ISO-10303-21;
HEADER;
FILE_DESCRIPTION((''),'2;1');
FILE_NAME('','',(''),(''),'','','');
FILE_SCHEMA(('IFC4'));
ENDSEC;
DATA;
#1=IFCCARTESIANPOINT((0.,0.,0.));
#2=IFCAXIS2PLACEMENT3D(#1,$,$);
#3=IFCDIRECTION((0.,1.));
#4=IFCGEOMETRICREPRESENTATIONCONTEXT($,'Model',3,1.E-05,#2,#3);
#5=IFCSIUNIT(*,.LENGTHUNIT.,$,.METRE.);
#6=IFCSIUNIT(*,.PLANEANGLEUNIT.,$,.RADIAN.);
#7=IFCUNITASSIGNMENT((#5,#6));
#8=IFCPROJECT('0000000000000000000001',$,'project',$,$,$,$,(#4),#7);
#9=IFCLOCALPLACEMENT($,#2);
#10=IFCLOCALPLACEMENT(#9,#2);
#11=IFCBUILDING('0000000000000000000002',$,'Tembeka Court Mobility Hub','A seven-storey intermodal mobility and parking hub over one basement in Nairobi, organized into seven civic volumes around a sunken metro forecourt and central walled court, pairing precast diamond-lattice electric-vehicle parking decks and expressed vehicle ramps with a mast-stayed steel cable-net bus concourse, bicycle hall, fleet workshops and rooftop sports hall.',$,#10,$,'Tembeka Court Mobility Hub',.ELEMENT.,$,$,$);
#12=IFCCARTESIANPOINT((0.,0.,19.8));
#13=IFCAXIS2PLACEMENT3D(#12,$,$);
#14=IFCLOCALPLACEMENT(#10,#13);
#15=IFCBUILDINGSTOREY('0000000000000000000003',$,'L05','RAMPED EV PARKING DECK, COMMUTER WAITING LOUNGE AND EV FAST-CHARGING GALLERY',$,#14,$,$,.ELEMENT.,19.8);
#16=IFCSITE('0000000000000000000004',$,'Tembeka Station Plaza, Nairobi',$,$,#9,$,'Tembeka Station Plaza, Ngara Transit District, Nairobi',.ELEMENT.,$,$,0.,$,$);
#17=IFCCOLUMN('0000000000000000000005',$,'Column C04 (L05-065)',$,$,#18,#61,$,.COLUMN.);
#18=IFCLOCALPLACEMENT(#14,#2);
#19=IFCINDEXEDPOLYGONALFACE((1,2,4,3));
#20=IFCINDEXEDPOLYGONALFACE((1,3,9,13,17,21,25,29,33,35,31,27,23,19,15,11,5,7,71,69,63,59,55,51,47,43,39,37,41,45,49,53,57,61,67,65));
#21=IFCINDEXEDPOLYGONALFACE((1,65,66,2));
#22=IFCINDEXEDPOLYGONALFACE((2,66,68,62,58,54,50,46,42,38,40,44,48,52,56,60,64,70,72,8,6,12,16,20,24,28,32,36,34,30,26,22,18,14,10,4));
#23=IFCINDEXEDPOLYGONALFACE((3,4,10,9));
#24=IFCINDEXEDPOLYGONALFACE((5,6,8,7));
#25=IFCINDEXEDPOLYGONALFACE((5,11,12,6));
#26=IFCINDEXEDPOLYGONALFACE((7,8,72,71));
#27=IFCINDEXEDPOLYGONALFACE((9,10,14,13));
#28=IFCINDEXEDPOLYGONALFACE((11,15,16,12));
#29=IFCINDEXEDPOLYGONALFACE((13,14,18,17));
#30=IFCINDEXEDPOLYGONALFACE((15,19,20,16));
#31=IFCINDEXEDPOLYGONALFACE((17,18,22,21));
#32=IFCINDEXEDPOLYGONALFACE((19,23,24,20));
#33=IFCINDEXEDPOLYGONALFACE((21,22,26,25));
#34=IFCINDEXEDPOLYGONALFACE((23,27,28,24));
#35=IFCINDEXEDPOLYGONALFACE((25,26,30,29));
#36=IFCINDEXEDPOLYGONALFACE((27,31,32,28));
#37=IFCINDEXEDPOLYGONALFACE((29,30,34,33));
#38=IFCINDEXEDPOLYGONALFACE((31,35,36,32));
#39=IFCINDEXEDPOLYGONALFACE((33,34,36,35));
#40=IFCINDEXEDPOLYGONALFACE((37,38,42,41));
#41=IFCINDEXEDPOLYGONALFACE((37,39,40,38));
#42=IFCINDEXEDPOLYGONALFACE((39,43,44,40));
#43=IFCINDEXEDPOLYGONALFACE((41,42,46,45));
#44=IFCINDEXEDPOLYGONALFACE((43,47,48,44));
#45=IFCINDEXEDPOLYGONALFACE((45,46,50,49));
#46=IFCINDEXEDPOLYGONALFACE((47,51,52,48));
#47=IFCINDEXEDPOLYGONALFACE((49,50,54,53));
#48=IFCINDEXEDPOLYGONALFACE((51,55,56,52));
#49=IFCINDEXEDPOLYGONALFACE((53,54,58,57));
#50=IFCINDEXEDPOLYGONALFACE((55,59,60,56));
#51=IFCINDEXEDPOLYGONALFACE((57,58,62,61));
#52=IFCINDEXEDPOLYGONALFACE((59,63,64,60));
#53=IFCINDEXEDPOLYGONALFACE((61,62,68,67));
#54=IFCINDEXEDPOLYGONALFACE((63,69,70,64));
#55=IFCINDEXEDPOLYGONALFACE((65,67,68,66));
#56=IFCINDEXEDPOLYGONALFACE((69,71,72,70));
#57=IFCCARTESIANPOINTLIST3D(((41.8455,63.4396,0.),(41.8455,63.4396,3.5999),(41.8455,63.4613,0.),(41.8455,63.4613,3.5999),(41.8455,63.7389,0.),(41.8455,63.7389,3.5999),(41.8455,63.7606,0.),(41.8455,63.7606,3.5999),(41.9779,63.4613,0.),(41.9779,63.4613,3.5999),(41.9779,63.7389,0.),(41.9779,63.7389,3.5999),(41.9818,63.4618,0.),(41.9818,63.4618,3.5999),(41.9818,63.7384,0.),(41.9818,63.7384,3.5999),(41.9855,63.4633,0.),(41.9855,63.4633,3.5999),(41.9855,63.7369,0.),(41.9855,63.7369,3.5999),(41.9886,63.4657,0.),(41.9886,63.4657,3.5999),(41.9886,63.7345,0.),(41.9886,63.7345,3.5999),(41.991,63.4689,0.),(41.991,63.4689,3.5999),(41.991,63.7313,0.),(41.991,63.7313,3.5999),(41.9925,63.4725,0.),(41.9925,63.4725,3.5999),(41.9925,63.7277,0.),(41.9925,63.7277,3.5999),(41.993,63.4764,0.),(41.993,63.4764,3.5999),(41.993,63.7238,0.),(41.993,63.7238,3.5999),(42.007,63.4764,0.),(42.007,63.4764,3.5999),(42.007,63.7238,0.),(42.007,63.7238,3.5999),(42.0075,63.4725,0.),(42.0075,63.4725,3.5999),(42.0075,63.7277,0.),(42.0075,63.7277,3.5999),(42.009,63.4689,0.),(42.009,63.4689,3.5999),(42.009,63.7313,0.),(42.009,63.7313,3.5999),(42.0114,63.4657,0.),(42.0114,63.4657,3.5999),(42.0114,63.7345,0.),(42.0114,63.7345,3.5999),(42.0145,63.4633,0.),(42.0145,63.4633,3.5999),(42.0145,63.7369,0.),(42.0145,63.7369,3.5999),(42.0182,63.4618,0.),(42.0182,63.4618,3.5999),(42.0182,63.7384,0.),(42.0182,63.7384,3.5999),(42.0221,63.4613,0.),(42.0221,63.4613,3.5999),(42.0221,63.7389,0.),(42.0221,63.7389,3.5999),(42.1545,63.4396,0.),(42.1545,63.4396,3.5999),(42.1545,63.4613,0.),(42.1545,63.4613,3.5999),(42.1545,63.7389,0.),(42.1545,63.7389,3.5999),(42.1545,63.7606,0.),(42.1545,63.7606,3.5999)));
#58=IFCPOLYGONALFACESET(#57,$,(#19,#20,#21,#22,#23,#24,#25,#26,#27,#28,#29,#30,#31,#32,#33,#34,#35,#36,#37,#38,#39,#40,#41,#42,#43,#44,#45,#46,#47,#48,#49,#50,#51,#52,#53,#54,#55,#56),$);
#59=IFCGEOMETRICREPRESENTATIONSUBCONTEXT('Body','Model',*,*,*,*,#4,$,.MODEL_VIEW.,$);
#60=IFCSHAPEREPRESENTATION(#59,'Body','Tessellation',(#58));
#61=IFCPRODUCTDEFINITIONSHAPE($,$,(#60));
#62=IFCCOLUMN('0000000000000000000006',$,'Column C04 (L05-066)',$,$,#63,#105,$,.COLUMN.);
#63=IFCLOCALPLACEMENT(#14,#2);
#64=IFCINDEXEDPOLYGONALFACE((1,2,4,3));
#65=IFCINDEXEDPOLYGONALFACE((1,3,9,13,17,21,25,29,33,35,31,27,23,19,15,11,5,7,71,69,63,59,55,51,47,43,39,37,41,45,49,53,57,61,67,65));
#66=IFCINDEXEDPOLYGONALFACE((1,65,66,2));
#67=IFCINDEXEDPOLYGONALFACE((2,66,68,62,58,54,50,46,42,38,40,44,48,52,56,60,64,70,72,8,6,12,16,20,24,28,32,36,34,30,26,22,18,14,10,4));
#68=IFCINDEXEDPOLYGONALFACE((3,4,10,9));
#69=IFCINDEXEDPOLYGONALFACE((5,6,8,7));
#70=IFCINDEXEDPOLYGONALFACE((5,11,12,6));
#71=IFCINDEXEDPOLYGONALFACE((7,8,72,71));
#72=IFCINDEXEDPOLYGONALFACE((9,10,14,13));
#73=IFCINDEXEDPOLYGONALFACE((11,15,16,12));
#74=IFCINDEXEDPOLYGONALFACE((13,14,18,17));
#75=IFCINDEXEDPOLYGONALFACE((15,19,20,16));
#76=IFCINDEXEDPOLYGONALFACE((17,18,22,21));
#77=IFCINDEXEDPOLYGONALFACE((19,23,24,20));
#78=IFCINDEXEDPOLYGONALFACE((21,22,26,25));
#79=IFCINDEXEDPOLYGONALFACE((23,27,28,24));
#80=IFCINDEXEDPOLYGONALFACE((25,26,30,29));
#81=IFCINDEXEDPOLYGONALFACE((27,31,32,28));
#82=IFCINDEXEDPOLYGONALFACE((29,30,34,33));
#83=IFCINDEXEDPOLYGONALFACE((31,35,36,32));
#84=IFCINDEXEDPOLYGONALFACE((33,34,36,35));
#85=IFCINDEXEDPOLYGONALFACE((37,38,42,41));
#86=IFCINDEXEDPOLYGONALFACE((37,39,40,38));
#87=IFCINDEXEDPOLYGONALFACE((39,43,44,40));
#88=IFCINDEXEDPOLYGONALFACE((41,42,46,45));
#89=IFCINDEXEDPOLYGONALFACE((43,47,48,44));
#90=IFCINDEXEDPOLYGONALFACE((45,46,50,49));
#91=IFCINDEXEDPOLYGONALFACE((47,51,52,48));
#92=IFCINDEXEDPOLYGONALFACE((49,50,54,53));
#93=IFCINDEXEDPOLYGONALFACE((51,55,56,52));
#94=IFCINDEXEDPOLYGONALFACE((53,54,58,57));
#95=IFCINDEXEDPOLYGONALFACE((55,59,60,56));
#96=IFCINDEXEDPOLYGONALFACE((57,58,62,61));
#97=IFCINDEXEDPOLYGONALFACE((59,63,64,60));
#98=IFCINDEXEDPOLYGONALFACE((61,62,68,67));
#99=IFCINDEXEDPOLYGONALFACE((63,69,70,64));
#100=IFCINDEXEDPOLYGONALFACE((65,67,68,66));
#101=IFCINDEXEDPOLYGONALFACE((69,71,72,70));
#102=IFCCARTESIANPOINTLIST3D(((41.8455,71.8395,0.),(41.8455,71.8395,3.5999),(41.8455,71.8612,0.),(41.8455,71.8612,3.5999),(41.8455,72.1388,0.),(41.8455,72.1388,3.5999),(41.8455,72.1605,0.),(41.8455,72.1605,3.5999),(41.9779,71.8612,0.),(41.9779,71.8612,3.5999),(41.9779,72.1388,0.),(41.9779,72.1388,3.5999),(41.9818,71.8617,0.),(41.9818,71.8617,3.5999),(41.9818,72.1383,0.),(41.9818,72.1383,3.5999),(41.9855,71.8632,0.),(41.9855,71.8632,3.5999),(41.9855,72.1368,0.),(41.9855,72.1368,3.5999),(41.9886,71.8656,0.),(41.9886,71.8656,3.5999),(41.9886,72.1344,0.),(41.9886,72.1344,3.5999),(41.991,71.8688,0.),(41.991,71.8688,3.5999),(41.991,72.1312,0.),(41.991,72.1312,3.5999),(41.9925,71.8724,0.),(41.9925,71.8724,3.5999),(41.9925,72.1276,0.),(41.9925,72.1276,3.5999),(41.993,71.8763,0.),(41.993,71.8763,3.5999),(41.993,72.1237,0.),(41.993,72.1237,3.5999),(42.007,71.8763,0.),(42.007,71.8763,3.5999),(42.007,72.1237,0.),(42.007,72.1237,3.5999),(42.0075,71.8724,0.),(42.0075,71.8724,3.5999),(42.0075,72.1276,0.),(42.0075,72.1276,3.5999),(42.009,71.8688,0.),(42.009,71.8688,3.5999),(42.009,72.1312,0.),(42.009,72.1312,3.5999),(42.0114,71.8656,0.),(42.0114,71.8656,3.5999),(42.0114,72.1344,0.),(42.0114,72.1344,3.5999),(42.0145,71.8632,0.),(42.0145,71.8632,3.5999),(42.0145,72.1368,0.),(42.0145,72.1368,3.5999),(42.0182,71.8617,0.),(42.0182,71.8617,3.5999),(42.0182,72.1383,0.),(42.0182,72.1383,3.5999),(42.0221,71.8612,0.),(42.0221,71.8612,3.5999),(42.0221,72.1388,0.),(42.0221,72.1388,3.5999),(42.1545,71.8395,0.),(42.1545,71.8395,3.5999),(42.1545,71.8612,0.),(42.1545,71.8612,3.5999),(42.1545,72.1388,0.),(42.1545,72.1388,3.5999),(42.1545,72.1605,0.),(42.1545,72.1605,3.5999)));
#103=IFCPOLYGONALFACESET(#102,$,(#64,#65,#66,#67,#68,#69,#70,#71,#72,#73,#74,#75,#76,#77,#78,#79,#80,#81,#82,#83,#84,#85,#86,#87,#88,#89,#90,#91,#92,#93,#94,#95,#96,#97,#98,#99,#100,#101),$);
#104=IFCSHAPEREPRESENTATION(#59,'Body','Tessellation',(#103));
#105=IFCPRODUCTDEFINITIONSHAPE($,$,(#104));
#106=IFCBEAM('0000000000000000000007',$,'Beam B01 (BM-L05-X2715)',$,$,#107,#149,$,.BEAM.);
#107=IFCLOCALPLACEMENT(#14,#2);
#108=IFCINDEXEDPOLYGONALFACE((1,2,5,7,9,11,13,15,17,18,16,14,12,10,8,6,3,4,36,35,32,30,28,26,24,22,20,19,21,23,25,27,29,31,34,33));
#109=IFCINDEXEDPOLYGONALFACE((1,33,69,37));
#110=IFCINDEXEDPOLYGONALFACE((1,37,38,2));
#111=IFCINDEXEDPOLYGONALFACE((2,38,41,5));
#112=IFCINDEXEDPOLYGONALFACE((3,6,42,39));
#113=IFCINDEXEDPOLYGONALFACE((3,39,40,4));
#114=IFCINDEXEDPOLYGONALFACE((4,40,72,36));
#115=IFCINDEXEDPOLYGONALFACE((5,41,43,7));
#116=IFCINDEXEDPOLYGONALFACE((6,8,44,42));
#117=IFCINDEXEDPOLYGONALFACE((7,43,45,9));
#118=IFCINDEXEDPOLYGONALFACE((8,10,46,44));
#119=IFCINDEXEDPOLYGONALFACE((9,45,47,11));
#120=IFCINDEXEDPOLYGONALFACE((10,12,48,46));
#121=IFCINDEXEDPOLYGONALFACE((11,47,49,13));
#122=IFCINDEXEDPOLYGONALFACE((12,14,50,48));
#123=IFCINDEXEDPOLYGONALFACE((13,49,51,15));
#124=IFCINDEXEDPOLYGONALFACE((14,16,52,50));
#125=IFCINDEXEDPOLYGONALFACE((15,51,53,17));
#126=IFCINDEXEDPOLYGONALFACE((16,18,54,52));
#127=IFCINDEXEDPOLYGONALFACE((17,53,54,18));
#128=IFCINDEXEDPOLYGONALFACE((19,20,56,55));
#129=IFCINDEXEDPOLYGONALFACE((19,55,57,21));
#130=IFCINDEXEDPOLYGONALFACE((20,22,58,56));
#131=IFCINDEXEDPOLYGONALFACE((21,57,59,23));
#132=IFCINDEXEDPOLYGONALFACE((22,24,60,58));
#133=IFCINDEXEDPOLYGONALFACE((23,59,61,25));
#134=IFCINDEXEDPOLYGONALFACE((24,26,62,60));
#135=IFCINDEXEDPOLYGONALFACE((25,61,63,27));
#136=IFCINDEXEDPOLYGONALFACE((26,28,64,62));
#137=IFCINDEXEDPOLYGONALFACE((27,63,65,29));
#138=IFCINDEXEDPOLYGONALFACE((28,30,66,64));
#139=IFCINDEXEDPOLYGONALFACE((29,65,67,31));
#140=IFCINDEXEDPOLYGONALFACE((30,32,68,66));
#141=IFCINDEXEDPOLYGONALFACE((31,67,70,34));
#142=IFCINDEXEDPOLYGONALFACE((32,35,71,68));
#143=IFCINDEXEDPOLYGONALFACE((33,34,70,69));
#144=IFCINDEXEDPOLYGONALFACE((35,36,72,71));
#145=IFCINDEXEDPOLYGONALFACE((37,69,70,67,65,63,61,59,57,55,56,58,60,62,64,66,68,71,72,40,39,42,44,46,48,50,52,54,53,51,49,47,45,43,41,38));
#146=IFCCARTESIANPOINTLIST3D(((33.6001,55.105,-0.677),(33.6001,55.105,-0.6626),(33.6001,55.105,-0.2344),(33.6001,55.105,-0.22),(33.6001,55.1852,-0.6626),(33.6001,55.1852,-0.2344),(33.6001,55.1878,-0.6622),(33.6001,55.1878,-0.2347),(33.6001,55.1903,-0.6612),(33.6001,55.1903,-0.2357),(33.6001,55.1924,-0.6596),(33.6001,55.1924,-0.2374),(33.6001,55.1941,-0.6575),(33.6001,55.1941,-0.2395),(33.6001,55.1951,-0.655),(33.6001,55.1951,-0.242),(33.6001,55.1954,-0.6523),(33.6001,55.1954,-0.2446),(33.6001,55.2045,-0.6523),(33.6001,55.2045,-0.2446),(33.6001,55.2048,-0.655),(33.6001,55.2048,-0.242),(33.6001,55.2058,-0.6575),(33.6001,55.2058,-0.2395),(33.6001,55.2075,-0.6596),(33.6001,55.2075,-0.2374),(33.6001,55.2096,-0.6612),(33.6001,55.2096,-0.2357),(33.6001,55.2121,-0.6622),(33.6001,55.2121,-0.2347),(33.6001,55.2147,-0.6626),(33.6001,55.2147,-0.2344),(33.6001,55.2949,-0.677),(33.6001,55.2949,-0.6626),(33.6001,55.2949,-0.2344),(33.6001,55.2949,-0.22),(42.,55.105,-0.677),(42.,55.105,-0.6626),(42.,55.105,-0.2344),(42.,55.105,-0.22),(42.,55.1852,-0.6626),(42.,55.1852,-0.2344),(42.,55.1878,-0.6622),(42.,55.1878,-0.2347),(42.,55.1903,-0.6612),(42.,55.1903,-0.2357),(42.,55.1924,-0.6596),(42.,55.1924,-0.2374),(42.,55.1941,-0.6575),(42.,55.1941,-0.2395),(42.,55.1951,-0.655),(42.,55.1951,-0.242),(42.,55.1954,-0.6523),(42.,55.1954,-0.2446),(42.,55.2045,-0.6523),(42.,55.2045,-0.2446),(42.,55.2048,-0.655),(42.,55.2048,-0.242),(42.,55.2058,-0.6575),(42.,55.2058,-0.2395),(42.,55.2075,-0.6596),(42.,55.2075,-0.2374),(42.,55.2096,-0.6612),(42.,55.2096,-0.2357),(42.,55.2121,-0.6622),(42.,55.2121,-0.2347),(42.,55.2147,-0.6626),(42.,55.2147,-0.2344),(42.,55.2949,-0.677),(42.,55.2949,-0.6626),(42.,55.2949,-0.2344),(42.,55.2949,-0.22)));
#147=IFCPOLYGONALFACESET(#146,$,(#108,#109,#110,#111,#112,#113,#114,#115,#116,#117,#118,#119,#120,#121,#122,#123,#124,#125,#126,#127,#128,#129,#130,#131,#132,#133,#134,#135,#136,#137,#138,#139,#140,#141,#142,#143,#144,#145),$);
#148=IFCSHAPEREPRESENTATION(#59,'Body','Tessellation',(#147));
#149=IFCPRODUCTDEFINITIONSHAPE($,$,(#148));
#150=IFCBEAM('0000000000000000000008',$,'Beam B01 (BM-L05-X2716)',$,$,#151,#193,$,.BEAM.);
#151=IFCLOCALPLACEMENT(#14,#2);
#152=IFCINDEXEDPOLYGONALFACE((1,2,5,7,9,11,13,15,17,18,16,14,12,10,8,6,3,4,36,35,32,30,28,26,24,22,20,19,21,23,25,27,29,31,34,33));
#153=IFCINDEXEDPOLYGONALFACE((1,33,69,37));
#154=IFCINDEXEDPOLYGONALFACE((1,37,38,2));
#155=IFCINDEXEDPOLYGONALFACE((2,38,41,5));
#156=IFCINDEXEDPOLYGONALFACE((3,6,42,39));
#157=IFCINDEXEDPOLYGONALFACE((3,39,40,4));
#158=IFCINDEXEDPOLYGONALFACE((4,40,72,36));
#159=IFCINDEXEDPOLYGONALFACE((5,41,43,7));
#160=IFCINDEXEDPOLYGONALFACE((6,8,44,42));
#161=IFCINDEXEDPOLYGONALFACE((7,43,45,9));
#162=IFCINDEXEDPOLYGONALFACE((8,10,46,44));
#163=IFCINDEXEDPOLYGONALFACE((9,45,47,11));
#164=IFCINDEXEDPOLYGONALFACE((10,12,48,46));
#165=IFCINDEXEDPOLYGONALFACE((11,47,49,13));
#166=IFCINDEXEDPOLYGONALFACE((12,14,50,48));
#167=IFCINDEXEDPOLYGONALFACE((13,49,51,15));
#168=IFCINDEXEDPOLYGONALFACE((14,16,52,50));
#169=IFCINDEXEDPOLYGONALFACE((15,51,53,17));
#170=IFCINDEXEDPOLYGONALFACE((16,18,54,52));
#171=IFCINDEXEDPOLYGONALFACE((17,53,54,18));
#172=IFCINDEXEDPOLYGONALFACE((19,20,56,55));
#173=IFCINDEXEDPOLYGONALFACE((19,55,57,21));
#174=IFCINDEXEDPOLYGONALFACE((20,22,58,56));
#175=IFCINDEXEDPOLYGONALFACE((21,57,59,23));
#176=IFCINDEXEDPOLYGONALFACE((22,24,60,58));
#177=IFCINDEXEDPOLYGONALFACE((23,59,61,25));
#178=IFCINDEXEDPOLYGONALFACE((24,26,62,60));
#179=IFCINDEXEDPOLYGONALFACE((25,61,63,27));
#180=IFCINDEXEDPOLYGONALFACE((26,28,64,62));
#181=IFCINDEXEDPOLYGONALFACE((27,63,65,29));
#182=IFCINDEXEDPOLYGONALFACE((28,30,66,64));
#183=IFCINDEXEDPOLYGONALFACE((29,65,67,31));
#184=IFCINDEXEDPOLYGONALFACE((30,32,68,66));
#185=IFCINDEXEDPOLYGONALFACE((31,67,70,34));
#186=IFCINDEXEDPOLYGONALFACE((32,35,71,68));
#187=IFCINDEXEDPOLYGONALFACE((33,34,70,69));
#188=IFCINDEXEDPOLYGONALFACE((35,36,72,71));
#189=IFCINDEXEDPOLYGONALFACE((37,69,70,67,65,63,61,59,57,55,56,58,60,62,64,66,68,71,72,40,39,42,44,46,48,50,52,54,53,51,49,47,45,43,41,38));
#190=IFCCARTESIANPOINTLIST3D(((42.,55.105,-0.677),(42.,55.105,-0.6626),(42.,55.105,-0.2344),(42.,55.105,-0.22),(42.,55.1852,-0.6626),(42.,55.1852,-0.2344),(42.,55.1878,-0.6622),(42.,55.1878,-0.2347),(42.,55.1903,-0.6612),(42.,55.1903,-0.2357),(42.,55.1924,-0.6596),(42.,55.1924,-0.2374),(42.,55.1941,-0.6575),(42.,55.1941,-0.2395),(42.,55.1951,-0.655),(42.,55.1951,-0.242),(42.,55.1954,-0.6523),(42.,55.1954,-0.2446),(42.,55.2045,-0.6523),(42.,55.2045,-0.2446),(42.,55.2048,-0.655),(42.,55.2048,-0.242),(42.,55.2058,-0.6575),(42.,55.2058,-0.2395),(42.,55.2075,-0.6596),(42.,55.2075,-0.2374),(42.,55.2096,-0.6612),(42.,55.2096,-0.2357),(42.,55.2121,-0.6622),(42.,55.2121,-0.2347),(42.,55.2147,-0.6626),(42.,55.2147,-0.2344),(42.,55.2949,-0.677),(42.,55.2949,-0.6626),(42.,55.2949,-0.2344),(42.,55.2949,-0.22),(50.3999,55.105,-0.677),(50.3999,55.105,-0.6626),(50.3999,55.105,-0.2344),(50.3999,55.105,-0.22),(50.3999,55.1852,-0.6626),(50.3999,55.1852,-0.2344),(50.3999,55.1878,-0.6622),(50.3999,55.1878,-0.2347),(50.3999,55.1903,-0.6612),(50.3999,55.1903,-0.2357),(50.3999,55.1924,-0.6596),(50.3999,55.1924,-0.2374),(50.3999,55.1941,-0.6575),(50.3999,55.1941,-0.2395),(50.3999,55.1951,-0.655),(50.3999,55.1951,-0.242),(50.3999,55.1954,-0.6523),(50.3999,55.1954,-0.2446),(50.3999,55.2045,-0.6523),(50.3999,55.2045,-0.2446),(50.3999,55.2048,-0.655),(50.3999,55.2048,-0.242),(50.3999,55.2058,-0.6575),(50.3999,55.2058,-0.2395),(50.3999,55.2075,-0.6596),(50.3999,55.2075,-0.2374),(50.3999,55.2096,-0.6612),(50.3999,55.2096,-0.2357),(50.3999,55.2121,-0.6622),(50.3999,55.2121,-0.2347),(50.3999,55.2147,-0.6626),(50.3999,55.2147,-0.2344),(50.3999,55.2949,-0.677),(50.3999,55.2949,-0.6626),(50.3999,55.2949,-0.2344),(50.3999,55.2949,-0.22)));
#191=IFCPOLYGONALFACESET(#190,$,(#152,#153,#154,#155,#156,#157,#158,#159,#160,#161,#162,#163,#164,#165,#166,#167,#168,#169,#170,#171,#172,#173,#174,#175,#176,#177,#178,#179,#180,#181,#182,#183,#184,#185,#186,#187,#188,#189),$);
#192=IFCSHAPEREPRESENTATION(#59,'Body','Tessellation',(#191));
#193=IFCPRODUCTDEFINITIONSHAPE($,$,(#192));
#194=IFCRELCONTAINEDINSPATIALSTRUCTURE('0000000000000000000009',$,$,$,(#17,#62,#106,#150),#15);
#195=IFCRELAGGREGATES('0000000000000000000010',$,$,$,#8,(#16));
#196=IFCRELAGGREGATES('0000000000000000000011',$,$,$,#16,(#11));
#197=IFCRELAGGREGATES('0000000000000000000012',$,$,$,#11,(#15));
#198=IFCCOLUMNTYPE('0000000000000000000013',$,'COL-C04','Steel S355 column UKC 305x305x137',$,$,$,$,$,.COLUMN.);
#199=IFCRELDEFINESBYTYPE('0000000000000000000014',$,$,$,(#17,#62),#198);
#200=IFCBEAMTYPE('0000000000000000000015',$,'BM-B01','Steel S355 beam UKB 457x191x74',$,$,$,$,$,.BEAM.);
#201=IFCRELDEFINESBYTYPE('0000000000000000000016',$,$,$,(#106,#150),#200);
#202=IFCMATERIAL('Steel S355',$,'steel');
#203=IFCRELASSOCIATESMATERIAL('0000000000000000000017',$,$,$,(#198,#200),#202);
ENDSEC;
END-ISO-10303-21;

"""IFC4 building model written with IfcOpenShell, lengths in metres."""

from ifc_helpers import new_model, si_unit, direction, frame, origin, origin_2d, place, context, subcontext, project, spatial, i_section, extrude, material, material_profile, profile_set, type_object, element, save


model = new_model("IFC4")

# Units and contexts
model_context = context("Model", 3, precision=1e-05, world=origin(), true_north=direction((0.0, 1.0)))
body_context = subcontext(model_context, "Body", "Model", "MODEL_VIEW")
ifc_project = project(units=[si_unit("LENGTHUNIT", "METRE"), si_unit("PLANEANGLEUNIT", "RADIAN")], contexts=[model_context])

# Site, building, storey
site_placement = place(None, origin())
site = spatial("IfcSite", under=ifc_project, at=site_placement, Name="Tembeka Station Plaza, Nairobi", LongName="Tembeka Station Plaza, Ngara Transit District, Nairobi", CompositionType="ELEMENT", RefElevation=0.0)
building_placement = place(site_placement, origin())
building = spatial("IfcBuilding", under=site, at=building_placement, Name="Tembeka Court Mobility Hub", Description="A seven-storey intermodal mobility and parking hub over one basement in Nairobi, organized into seven civic volumes around a sunken metro forecourt and central walled court, pairing precast diamond-lattice electric-vehicle parking decks and expressed vehicle ramps with a mast-stayed steel cable-net bus concourse, bicycle hall, fleet workshops and rooftop sports hall.", LongName="Tembeka Court Mobility Hub", CompositionType="ELEMENT")
storey_placement = place(building_placement, frame((0.0, 0.0, 19.8)))
storey = spatial("IfcBuildingStorey", under=building, at=storey_placement, Name="L05", Description="RAMPED EV PARKING DECK, COMMUTER WAITING LOUNGE AND EV FAST-CHARGING GALLERY", CompositionType="ELEMENT", Elevation=19.8)

# Columns
ifc_material_1 = material(Name="Steel S355", Category="steel")
ifc_material_profile_1 = material_profile(ifc_material_1, i_section(OverallWidth=0.3091, OverallDepth=0.321, WebThickness=0.0139, FlangeThickness=0.0217, FilletRadius=0.0151, at=origin_2d()), Name="UKC 305x305x137")
ifc_profile_set_1 = profile_set([ifc_material_profile_1], Name="Steel S355")
column_type = type_object("IfcColumnType", Name="COL-C04", Description="Steel S355 column UKC 305x305x137", PredefinedType="COLUMN", material=ifc_profile_set_1)
for number, where, z_axis, x_axis, name in (
    (1, (42.0, 63.6001, 0.0), (0.0, 0.0, 1.0), (1.0, 0.0, 0.0), "Column C04 (L05-065)"),
    (2, (42.0, 72.0, 0.0), (0.0, 0.0, 1.0), (1.0, 0.0, 0.0), "Column C04 (L05-066)"),
):
    element("IfcColumn", number, at=place(storey_placement, frame(where, z_axis=z_axis, x_axis=x_axis)), inside=storey, type_object=column_type, Name=name, PredefinedType="COLUMN", context=body_context, shape_type="SweptSolid", body=[
        extrude(i_section(OverallWidth=0.3091, OverallDepth=0.321, WebThickness=0.0139, FlangeThickness=0.0217, FilletRadius=0.0151, at=origin_2d()), origin(), (0.0, 0.0, 1.0), 3.5999),
    ])

# Beams
ifc_material_profile_2 = material_profile(ifc_material_1, i_section(OverallWidth=0.1899, OverallDepth=0.457, WebThickness=0.009, FlangeThickness=0.0144, FilletRadius=0.0103, at=origin_2d()), Name="UKB 457x191x74")
ifc_profile_set_2 = profile_set([ifc_material_profile_2], Name="Steel S355")
beam_type_1 = type_object("IfcBeamType", Name="BM-B01", Description="Steel S355 beam UKB 457x191x74", PredefinedType="BEAM", material=ifc_profile_set_2)
for number, where, z_axis, x_axis, name in (
    (3, (33.6001, 55.2, -0.4485), (1.0, 0.0, 0.0), (0.0, 1.0, 0.0), "Beam B01 (BM-L05-X2715)"),
    (4, (42.0, 55.2, -0.4485), (1.0, 0.0, 0.0), (0.0, 1.0, 0.0), "Beam B01 (BM-L05-X2716)"),
):
    element("IfcBeam", number, at=place(storey_placement, frame(where, z_axis=z_axis, x_axis=x_axis)), inside=storey, type_object=beam_type_1, Name=name, PredefinedType="BEAM", context=body_context, shape_type="SweptSolid", body=[
        extrude(i_section(OverallWidth=0.1899, OverallDepth=0.457, WebThickness=0.009, FlangeThickness=0.0144, FilletRadius=0.0103, at=origin_2d()), origin(), (0.0, 0.0, 1.0), 8.3999),
    ])

save(model, "model.ifc")
